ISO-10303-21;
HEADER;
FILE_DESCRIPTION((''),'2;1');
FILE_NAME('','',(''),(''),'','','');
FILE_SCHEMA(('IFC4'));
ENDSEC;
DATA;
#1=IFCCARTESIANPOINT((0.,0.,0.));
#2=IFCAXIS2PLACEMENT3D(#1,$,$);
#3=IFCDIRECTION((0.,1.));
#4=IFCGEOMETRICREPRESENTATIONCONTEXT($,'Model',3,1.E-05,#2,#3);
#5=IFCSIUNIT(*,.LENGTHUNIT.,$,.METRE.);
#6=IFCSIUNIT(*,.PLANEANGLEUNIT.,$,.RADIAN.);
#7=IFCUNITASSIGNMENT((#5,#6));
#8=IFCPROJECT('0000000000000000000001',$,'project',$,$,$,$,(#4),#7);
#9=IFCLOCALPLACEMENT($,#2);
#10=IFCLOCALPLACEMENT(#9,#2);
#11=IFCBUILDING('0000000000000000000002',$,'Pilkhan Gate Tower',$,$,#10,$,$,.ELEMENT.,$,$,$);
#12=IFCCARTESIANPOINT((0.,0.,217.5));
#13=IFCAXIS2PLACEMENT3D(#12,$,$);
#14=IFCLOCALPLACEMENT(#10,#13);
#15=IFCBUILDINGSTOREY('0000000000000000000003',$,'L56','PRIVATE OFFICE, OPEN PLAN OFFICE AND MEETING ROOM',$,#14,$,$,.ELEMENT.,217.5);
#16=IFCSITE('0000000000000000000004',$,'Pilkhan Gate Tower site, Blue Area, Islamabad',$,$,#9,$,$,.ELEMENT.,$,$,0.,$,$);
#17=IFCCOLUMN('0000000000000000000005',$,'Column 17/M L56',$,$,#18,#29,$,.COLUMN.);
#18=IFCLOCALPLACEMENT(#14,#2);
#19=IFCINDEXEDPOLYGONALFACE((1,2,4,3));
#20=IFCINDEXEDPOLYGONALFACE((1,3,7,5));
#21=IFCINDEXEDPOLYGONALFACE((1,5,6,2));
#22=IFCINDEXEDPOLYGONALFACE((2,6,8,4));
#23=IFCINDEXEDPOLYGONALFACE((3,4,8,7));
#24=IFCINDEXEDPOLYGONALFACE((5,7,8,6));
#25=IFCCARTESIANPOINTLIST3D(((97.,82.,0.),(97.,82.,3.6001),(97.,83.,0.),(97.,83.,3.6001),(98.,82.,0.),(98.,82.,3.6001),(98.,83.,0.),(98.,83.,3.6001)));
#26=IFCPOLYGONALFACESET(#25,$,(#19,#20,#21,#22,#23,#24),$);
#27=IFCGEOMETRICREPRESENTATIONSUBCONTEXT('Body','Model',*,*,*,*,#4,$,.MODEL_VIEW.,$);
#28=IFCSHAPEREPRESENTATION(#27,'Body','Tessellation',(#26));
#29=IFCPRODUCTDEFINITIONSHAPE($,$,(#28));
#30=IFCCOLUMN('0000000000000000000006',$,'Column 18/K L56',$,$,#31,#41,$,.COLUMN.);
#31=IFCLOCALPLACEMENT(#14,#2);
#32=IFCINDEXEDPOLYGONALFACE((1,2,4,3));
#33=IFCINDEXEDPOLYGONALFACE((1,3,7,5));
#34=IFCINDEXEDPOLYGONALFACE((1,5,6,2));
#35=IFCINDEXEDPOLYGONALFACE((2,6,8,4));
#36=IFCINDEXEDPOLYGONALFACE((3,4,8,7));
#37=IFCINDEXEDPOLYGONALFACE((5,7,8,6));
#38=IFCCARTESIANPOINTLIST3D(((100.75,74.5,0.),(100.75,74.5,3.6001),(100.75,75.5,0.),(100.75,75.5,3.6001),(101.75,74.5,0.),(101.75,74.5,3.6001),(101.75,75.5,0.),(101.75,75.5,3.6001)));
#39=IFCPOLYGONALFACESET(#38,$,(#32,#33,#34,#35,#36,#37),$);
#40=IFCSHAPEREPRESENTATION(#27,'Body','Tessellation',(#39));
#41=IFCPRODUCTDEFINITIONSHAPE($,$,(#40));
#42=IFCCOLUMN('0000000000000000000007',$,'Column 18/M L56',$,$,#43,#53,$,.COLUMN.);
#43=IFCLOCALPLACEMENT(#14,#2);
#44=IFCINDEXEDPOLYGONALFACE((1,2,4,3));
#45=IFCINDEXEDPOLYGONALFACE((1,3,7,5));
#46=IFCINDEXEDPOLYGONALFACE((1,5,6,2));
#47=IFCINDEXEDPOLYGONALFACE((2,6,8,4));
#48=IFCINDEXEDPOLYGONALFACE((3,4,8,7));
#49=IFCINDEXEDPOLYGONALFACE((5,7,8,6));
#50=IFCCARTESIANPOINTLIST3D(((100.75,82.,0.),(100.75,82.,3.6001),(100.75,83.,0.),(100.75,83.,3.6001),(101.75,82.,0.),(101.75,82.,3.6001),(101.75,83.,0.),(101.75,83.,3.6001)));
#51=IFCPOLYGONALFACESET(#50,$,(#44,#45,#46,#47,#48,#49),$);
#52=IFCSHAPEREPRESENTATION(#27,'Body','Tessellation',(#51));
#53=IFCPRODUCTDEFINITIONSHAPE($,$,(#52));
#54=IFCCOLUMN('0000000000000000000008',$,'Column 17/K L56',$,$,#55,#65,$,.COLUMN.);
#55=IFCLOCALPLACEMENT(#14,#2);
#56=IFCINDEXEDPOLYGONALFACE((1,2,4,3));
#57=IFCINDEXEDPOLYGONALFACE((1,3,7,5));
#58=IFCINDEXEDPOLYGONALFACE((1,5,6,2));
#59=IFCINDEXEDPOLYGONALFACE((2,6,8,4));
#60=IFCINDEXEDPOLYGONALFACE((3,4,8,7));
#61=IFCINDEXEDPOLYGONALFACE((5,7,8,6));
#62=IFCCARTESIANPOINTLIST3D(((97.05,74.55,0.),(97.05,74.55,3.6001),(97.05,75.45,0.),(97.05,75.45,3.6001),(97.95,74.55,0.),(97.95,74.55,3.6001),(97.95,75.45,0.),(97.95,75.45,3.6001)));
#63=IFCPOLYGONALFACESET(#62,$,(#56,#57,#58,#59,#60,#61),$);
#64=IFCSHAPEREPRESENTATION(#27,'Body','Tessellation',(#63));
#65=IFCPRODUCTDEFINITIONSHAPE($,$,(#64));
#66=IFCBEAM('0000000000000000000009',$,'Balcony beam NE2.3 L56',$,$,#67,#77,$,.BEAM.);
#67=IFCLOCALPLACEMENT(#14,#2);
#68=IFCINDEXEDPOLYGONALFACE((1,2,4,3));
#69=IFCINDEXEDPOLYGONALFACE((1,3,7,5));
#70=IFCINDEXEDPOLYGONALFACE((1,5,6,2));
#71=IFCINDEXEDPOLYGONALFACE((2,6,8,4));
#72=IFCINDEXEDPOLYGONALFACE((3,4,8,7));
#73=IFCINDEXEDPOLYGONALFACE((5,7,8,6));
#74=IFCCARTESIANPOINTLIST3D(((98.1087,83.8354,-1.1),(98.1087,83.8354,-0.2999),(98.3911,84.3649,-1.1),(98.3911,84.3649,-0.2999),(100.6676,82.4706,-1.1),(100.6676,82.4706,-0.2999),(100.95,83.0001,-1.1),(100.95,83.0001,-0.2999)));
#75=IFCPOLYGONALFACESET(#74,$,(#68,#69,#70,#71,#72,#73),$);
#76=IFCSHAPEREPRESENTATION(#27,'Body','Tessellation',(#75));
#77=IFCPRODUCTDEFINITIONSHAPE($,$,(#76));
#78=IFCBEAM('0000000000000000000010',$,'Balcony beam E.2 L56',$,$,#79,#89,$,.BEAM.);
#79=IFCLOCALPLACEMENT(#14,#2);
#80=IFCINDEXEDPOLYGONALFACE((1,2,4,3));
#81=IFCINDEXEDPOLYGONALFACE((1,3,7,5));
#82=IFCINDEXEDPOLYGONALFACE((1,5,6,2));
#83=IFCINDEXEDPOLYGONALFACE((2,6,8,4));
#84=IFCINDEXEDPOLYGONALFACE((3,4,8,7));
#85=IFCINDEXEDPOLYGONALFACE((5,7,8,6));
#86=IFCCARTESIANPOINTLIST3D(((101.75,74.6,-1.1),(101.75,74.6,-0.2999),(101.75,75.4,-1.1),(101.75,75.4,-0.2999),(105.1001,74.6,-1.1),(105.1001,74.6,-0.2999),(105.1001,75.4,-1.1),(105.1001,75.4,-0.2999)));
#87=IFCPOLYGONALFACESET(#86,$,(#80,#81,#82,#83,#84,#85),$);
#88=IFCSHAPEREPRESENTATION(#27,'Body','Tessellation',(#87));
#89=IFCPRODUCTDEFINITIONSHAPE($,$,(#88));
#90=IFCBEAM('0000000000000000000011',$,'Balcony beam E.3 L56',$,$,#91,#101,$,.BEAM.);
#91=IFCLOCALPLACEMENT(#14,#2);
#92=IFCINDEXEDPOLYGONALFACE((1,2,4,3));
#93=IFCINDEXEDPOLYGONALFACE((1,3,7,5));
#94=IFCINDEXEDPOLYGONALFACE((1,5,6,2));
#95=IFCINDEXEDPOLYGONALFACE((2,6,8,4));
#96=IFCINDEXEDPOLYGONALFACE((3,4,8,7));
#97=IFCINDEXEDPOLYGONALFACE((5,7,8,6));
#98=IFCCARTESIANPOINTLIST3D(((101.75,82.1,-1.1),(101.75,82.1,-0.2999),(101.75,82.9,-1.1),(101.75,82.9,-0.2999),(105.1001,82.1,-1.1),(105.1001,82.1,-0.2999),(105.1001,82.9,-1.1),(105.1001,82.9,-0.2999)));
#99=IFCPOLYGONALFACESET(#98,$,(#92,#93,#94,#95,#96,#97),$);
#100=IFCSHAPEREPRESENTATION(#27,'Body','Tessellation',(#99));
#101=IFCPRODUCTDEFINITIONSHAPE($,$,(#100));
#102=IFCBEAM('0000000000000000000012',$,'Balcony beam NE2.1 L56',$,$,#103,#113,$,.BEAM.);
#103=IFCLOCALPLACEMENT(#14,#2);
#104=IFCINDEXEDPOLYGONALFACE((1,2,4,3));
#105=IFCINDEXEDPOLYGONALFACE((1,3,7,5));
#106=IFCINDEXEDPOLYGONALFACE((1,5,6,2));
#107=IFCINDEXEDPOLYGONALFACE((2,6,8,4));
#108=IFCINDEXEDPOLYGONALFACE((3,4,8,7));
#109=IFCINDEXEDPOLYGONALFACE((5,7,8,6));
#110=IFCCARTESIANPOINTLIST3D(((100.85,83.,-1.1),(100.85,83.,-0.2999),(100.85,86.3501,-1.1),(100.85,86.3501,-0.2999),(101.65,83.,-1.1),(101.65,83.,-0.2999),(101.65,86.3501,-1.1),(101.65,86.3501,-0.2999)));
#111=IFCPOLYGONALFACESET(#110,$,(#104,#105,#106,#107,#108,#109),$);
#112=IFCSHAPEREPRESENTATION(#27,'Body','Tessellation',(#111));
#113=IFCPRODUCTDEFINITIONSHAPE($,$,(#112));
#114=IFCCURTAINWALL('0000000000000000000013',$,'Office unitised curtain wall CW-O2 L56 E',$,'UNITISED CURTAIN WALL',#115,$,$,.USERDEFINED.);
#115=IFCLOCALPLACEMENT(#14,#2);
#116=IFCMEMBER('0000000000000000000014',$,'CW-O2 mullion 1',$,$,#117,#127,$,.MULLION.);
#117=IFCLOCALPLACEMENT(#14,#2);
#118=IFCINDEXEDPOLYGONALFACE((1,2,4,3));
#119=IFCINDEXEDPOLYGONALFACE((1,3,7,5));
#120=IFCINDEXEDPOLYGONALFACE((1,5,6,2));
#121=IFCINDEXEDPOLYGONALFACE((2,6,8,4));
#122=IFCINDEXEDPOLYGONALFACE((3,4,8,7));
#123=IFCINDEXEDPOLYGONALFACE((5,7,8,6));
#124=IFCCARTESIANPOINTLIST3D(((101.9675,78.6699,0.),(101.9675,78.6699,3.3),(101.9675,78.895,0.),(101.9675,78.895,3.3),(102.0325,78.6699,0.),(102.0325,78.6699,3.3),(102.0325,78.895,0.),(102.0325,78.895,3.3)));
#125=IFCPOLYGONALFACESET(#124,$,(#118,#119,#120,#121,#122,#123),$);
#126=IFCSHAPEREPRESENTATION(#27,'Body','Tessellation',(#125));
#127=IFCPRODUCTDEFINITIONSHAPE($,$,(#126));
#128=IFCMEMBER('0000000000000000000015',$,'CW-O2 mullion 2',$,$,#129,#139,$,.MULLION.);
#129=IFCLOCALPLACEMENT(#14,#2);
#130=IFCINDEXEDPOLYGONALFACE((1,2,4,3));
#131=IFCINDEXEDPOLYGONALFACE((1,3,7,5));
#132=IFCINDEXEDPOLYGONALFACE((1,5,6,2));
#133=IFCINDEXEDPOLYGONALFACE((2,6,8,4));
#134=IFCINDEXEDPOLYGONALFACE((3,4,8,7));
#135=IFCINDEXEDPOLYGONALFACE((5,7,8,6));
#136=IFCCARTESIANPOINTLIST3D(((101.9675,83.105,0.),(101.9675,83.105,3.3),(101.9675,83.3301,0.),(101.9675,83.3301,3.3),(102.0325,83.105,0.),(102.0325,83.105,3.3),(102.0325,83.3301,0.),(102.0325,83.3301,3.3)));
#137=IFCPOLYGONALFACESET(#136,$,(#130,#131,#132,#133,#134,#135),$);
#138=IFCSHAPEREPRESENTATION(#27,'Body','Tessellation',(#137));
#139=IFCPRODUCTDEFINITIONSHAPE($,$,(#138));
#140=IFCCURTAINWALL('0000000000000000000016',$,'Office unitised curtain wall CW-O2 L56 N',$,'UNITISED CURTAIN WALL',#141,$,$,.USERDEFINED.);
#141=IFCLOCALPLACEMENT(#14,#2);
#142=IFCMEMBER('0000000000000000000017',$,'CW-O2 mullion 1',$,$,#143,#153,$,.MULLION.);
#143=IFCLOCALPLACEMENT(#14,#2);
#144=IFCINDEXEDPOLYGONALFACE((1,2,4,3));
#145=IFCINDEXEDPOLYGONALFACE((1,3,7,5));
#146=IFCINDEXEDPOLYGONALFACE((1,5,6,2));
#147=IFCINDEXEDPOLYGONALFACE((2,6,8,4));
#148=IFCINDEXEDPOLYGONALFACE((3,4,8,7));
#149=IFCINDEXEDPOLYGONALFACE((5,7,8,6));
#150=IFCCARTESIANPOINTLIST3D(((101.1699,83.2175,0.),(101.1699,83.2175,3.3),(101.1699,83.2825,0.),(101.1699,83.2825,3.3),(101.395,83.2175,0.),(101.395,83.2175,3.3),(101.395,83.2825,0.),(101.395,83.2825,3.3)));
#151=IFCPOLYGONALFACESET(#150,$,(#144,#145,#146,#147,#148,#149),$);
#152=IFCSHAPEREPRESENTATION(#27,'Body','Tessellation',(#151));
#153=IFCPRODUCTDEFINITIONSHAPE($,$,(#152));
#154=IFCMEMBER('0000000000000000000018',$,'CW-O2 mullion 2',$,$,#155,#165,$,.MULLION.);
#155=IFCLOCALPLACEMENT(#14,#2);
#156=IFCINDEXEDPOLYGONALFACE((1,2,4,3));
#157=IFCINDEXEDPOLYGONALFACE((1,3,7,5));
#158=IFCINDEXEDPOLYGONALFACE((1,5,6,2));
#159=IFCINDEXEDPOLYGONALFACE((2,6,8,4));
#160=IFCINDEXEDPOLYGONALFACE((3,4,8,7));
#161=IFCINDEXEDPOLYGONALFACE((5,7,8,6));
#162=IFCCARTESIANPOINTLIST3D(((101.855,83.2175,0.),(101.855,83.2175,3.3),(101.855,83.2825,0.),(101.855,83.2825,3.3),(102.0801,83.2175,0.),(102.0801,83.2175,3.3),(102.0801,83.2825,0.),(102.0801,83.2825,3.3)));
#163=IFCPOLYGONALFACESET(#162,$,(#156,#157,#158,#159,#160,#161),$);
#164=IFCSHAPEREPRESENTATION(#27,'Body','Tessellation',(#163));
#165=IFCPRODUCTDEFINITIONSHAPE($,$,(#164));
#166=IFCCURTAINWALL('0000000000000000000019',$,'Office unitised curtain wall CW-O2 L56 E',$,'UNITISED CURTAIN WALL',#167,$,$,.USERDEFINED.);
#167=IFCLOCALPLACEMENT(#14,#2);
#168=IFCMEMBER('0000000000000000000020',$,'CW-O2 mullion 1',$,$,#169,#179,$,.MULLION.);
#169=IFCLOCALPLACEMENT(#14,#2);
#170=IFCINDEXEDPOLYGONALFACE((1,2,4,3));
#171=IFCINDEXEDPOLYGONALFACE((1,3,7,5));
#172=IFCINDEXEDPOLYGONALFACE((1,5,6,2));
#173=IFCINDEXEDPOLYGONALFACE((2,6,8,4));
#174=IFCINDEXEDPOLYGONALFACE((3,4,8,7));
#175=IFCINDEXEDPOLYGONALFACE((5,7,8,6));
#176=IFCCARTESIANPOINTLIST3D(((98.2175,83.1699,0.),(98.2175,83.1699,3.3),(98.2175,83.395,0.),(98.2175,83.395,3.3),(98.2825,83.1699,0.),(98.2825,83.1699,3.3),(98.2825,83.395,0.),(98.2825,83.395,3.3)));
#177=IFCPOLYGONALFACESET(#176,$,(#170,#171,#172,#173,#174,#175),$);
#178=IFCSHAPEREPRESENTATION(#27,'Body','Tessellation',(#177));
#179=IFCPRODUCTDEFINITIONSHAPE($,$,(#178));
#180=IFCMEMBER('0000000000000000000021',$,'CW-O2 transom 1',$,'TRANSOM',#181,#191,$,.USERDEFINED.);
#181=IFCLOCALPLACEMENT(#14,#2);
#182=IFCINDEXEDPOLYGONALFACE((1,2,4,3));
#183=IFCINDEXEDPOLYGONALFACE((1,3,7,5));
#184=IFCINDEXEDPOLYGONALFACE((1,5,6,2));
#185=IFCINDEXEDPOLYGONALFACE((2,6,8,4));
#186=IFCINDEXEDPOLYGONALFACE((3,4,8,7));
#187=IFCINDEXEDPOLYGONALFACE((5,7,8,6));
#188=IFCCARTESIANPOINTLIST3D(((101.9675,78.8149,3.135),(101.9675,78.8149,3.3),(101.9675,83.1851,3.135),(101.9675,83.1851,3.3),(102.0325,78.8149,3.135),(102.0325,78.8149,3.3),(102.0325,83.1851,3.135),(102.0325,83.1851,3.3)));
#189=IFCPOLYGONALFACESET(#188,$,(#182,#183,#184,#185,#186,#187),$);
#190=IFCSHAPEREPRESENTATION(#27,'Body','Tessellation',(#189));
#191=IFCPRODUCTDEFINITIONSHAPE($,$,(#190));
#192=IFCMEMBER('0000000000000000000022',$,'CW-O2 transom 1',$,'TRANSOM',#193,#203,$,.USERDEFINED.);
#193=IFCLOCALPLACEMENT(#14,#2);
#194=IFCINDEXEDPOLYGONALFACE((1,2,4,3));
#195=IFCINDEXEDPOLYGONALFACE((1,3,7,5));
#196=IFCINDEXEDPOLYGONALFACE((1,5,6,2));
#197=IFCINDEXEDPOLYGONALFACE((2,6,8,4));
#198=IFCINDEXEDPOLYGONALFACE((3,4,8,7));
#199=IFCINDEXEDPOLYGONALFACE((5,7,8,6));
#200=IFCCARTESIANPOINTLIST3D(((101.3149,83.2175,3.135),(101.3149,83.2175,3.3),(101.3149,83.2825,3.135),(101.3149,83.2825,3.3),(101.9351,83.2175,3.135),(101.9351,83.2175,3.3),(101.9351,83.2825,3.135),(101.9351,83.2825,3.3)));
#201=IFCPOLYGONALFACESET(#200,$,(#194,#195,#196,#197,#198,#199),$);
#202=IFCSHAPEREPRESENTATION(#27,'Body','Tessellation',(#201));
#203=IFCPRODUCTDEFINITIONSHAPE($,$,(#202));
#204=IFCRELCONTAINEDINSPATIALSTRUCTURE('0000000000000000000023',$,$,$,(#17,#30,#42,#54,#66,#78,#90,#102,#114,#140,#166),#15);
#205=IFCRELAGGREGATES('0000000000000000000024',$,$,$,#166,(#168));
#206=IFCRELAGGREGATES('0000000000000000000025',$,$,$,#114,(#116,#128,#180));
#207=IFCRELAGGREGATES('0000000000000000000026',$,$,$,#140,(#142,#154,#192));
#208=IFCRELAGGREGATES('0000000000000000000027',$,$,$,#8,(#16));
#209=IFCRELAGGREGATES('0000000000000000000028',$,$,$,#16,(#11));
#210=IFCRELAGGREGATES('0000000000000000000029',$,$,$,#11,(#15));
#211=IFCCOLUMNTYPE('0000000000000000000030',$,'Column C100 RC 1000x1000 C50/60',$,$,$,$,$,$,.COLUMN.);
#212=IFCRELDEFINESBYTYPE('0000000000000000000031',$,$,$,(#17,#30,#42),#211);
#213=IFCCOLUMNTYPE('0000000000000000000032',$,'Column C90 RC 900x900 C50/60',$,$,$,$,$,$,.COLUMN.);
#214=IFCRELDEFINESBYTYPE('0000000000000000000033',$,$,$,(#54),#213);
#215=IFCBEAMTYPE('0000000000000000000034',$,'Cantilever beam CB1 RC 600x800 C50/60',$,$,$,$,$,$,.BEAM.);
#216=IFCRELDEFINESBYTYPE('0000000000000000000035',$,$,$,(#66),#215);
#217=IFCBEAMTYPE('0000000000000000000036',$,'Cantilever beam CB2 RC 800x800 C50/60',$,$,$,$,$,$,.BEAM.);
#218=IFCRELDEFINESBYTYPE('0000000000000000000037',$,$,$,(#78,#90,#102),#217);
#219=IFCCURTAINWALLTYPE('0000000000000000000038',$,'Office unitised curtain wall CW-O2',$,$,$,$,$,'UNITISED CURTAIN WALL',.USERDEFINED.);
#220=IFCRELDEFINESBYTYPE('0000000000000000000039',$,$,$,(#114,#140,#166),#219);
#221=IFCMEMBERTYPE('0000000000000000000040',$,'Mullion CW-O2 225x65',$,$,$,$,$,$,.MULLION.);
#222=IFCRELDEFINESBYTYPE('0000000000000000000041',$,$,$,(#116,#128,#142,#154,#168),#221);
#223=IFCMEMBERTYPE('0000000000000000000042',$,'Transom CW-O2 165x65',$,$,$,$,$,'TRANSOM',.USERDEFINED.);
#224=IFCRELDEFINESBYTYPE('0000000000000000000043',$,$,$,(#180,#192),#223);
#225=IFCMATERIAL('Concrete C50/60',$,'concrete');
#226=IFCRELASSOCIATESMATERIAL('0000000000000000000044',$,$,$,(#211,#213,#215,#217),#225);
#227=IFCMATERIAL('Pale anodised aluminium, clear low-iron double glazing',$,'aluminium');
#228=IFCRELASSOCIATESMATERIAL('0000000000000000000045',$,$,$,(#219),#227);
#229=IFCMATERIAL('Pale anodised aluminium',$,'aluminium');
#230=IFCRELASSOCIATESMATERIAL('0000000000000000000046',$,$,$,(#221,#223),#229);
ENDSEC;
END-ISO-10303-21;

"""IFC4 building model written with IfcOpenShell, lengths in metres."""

from ifc_helpers import new_model, si_unit, direction, frame, origin, origin_2d, place, context, subcontext, project, spatial, rectangle, extrude, material, material_profile, profile_set, type_object, element, aggregate, save


model = new_model("IFC4")

# Units and contexts
model_context = context("Model", 3, precision=1e-05, world=origin(), true_north=direction((0.0, 1.0)))
body_context = subcontext(model_context, "Body", "Model", "MODEL_VIEW")
ifc_project = project(units=[si_unit("LENGTHUNIT", "METRE"), si_unit("PLANEANGLEUNIT", "RADIAN")], contexts=[model_context])

# Site, building, storey
site_placement = place(None, origin())
site = spatial("IfcSite", under=ifc_project, at=site_placement, Name="Pilkhan Gate Tower site, Blue Area, Islamabad", CompositionType="ELEMENT", RefElevation=0.0)
building_placement = place(site_placement, origin())
building = spatial("IfcBuilding", under=site, at=building_placement, Name="Pilkhan Gate Tower", CompositionType="ELEMENT")
storey_placement = place(building_placement, frame((0.0, 0.0, 217.5)))
storey = spatial("IfcBuildingStorey", under=building, at=storey_placement, Name="L56", Description="PRIVATE OFFICE, OPEN PLAN OFFICE AND MEETING ROOM", CompositionType="ELEMENT", Elevation=217.5)

# Columns
ifc_material_1 = material(Name="Concrete C50/60", Category="concrete")
ifc_material_profile_1 = material_profile(ifc_material_1, rectangle(XDim=1.0, YDim=1.0, at=origin_2d()), Name="RC 1000x1000")
ifc_profile_set_1 = profile_set([ifc_material_profile_1], Name="Concrete C50/60")
column_type_1 = type_object("IfcColumnType", Name="Column C100 RC 1000x1000 C50/60", PredefinedType="COLUMN", material=ifc_profile_set_1)
for number, where, z_axis, x_axis, name in (
    (1, (97.5, 82.5, 0.0), (0.0, 0.0, 1.0), (1.0, 0.0, 0.0), "Column 17/M L56"),
    (2, (101.25, 75.0, 0.0), (0.0, 0.0, 1.0), (1.0, 0.0, 0.0), "Column 18/K L56"),
    (3, (101.25, 82.5, 0.0), (0.0, 0.0, 1.0), (1.0, 0.0, 0.0), "Column 18/M L56"),
):
    element("IfcColumn", number, at=place(storey_placement, frame(where, z_axis=z_axis, x_axis=x_axis)), inside=storey, type_object=column_type_1, Name=name, PredefinedType="COLUMN", context=body_context, shape_type="SweptSolid", body=[
        extrude(rectangle(XDim=1.0, YDim=1.0, at=origin_2d()), origin(), (0.0, 0.0, 1.0), 3.6001),
    ])
ifc_material_profile_2 = material_profile(ifc_material_1, rectangle(XDim=0.8999, YDim=0.8999, at=origin_2d()), Name="RC 900x900")
ifc_profile_set_2 = profile_set([ifc_material_profile_2], Name="Concrete C50/60")
column_type_2 = type_object("IfcColumnType", Name="Column C90 RC 900x900 C50/60", PredefinedType="COLUMN", material=ifc_profile_set_2)
column_placement = place(storey_placement, frame((97.5, 75.0, 0.0), z_axis=(0.0, 0.0, 1.0), x_axis=(1.0, 0.0, 0.0)))
element("IfcColumn", 4, at=column_placement, inside=storey, type_object=column_type_2, Name="Column 17/K L56", PredefinedType="COLUMN", context=body_context, shape_type="SweptSolid", body=[
    extrude(rectangle(XDim=0.8999, YDim=0.8999, at=origin_2d()), origin(), (0.0, 0.0, 1.0), 3.6001),
])

# Beams
ifc_material_profile_3 = material_profile(ifc_material_1, rectangle(XDim=0.6001, YDim=0.8, at=origin_2d()), Name="RC 600x800")
ifc_profile_set_3 = profile_set([ifc_material_profile_3], Name="Concrete C50/60")
beam_type_1 = type_object("IfcBeamType", Name="Cantilever beam CB1 RC 600x800 C50/60", PredefinedType="BEAM", material=ifc_profile_set_3)
beam_placement = place(storey_placement, frame((100.8088, 82.7354, -0.7), z_axis=(-0.882348, 0.470597, 0.0), x_axis=(-0.470597, -0.882348, 0.0)))
element("IfcBeam", 5, at=beam_placement, inside=storey, type_object=beam_type_1, Name="Balcony beam NE2.3 L56", PredefinedType="BEAM", context=body_context, shape_type="SweptSolid", body=[
    extrude(rectangle(XDim=0.6001, YDim=0.8, at=origin_2d()), origin(), (0.0, 0.0, 1.0), 2.9001),
])
ifc_material_profile_4 = material_profile(ifc_material_1, rectangle(XDim=0.8, YDim=0.8, at=origin_2d()), Name="RC 800x800")
ifc_profile_set_4 = profile_set([ifc_material_profile_4], Name="Concrete C50/60")
beam_type_2 = type_object("IfcBeamType", Name="Cantilever beam CB2 RC 800x800 C50/60", PredefinedType="BEAM", material=ifc_profile_set_4)
for number, where, z_axis, x_axis, name in (
    (6, (101.75, 75.0, -0.7), (1.0, 0.0, 0.0), (0.0, 1.0, 0.0), "Balcony beam E.2 L56"),
    (7, (101.75, 82.5, -0.7), (1.0, 0.0, 0.0), (0.0, 1.0, 0.0), "Balcony beam E.3 L56"),
    (8, (101.25, 83.0, -0.7), (0.0, 1.0, 0.0), (-1.0, 0.0, 0.0), "Balcony beam NE2.1 L56"),
):
    element("IfcBeam", number, at=place(storey_placement, frame(where, z_axis=z_axis, x_axis=x_axis)), inside=storey, type_object=beam_type_2, Name=name, PredefinedType="BEAM", context=body_context, shape_type="SweptSolid", body=[
        extrude(rectangle(XDim=0.8, YDim=0.8, at=origin_2d()), origin(), (0.0, 0.0, 1.0), 3.3501),
    ])

# Curtain walls, members
ifc_material_2 = material(Name="Pale anodised aluminium, clear low-iron double glazing", Category="aluminium")
curtain_wall_type = type_object("IfcCurtainWallType", Name="Office unitised curtain wall CW-O2", ElementType="UNITISED CURTAIN WALL", PredefinedType="USERDEFINED", material=ifc_material_2)
curtain_wall_1_placement = place(storey_placement, origin())
curtain_wall_1 = element("IfcCurtainWall", 9, at=curtain_wall_1_placement, inside=storey, type_object=curtain_wall_type, Name="Office unitised curtain wall CW-O2 L56 E", ObjectType="UNITISED CURTAIN WALL", PredefinedType="USERDEFINED")
ifc_material_3 = material(Name="Pale anodised aluminium", Category="aluminium")
ifc_material_profile_5 = material_profile(ifc_material_3, rectangle(XDim=0.0649, YDim=0.2251, at=origin_2d()), Name="Mullion 225x65")
ifc_profile_set_5 = profile_set([ifc_material_profile_5], Name="Pale anodised aluminium")
member_type_1 = type_object("IfcMemberType", Name="Mullion CW-O2 225x65", PredefinedType="MULLION", material=ifc_profile_set_5)
member_1_placement = place(storey_placement, frame((102.0, 78.7825, 0.0), z_axis=(0.0, 0.0, 1.0), x_axis=(-1.0, 0.0, 0.0)))
member_1 = element("IfcMember", 10, at=member_1_placement, type_object=member_type_1, Name="CW-O2 mullion 1", PredefinedType="MULLION", context=body_context, shape_type="SweptSolid", body=[
    extrude(rectangle(XDim=0.0649, YDim=0.2251, at=origin_2d()), origin(), (0.0, 0.0, 1.0), 3.3),
])
member_2_placement = place(storey_placement, frame((102.0, 83.2175, 0.0), z_axis=(0.0, 0.0, 1.0), x_axis=(-1.0, 0.0, 0.0)))
member_2 = element("IfcMember", 11, at=member_2_placement, type_object=member_type_1, Name="CW-O2 mullion 2", PredefinedType="MULLION", context=body_context, shape_type="SweptSolid", body=[
    extrude(rectangle(XDim=0.0649, YDim=0.2251, at=origin_2d()), origin(), (0.0, 0.0, 1.0), 3.3),
])
curtain_wall_2_placement = place(storey_placement, origin())
curtain_wall_2 = element("IfcCurtainWall", 12, at=curtain_wall_2_placement, inside=storey, type_object=curtain_wall_type, Name="Office unitised curtain wall CW-O2 L56 N", ObjectType="UNITISED CURTAIN WALL", PredefinedType="USERDEFINED")
member_3_placement = place(storey_placement, frame((101.2825, 83.25, 0.0), z_axis=(0.0, 0.0, 1.0), x_axis=(0.0, 1.0, 0.0)))
member_3 = element("IfcMember", 13, at=member_3_placement, type_object=member_type_1, Name="CW-O2 mullion 1", PredefinedType="MULLION", context=body_context, shape_type="SweptSolid", body=[
    extrude(rectangle(XDim=0.0649, YDim=0.2251, at=origin_2d()), origin(), (0.0, 0.0, 1.0), 3.3),
])
member_4_placement = place(storey_placement, frame((101.9675, 83.25, 0.0), z_axis=(0.0, 0.0, 1.0), x_axis=(0.0, 1.0, 0.0)))
member_4 = element("IfcMember", 14, at=member_4_placement, type_object=member_type_1, Name="CW-O2 mullion 2", PredefinedType="MULLION", context=body_context, shape_type="SweptSolid", body=[
    extrude(rectangle(XDim=0.0649, YDim=0.2251, at=origin_2d()), origin(), (0.0, 0.0, 1.0), 3.3),
])

# Curtain wall, member
curtain_wall_3_placement = place(storey_placement, origin())
curtain_wall_3 = element("IfcCurtainWall", 15, at=curtain_wall_3_placement, inside=storey, type_object=curtain_wall_type, Name="Office unitised curtain wall CW-O2 L56 E", ObjectType="UNITISED CURTAIN WALL", PredefinedType="USERDEFINED")
member_5_placement = place(storey_placement, frame((98.25, 83.2825, 0.0), z_axis=(0.0, 0.0, 1.0), x_axis=(-1.0, 0.0, 0.0)))
member_5 = element("IfcMember", 16, at=member_5_placement, type_object=member_type_1, Name="CW-O2 mullion 1", PredefinedType="MULLION", context=body_context, shape_type="SweptSolid", body=[
    extrude(rectangle(XDim=0.0649, YDim=0.2251, at=origin_2d()), origin(), (0.0, 0.0, 1.0), 3.3),
])

# Members
ifc_material_profile_6 = material_profile(ifc_material_3, rectangle(XDim=0.0649, YDim=0.165, at=origin_2d()), Name="Transom 165x65")
ifc_profile_set_6 = profile_set([ifc_material_profile_6], Name="Pale anodised aluminium")
member_type_2 = type_object("IfcMemberType", Name="Transom CW-O2 165x65", ElementType="TRANSOM", PredefinedType="USERDEFINED", material=ifc_profile_set_6)
member_6_placement = place(storey_placement, frame((102.0, 78.8149, 3.2175), z_axis=(0.0, 1.0, 0.0), x_axis=(-1.0, 0.0, 0.0)))
member_6 = element("IfcMember", 17, at=member_6_placement, type_object=member_type_2, Name="CW-O2 transom 1", ObjectType="TRANSOM", PredefinedType="USERDEFINED", context=body_context, shape_type="SweptSolid", body=[
    extrude(rectangle(XDim=0.0649, YDim=0.165, at=origin_2d()), origin(), (0.0, 0.0, 1.0), 4.3701),
])
member_7_placement = place(storey_placement, frame((101.3149, 83.25, 3.2175), z_axis=(1.0, 0.0, 0.0), x_axis=(0.0, 1.0, 0.0)))
member_7 = element("IfcMember", 18, at=member_7_placement, type_object=member_type_2, Name="CW-O2 transom 1", ObjectType="TRANSOM", PredefinedType="USERDEFINED", context=body_context, shape_type="SweptSolid", body=[
    extrude(rectangle(XDim=0.0649, YDim=0.165, at=origin_2d()), origin(), (0.0, 0.0, 1.0), 0.6201),
])
aggregate(curtain_wall_3, [member_5])

aggregate(curtain_wall_1, [member_1, member_2, member_6])
aggregate(curtain_wall_2, [member_3, member_4, member_7])

save(model, "model.ifc")
